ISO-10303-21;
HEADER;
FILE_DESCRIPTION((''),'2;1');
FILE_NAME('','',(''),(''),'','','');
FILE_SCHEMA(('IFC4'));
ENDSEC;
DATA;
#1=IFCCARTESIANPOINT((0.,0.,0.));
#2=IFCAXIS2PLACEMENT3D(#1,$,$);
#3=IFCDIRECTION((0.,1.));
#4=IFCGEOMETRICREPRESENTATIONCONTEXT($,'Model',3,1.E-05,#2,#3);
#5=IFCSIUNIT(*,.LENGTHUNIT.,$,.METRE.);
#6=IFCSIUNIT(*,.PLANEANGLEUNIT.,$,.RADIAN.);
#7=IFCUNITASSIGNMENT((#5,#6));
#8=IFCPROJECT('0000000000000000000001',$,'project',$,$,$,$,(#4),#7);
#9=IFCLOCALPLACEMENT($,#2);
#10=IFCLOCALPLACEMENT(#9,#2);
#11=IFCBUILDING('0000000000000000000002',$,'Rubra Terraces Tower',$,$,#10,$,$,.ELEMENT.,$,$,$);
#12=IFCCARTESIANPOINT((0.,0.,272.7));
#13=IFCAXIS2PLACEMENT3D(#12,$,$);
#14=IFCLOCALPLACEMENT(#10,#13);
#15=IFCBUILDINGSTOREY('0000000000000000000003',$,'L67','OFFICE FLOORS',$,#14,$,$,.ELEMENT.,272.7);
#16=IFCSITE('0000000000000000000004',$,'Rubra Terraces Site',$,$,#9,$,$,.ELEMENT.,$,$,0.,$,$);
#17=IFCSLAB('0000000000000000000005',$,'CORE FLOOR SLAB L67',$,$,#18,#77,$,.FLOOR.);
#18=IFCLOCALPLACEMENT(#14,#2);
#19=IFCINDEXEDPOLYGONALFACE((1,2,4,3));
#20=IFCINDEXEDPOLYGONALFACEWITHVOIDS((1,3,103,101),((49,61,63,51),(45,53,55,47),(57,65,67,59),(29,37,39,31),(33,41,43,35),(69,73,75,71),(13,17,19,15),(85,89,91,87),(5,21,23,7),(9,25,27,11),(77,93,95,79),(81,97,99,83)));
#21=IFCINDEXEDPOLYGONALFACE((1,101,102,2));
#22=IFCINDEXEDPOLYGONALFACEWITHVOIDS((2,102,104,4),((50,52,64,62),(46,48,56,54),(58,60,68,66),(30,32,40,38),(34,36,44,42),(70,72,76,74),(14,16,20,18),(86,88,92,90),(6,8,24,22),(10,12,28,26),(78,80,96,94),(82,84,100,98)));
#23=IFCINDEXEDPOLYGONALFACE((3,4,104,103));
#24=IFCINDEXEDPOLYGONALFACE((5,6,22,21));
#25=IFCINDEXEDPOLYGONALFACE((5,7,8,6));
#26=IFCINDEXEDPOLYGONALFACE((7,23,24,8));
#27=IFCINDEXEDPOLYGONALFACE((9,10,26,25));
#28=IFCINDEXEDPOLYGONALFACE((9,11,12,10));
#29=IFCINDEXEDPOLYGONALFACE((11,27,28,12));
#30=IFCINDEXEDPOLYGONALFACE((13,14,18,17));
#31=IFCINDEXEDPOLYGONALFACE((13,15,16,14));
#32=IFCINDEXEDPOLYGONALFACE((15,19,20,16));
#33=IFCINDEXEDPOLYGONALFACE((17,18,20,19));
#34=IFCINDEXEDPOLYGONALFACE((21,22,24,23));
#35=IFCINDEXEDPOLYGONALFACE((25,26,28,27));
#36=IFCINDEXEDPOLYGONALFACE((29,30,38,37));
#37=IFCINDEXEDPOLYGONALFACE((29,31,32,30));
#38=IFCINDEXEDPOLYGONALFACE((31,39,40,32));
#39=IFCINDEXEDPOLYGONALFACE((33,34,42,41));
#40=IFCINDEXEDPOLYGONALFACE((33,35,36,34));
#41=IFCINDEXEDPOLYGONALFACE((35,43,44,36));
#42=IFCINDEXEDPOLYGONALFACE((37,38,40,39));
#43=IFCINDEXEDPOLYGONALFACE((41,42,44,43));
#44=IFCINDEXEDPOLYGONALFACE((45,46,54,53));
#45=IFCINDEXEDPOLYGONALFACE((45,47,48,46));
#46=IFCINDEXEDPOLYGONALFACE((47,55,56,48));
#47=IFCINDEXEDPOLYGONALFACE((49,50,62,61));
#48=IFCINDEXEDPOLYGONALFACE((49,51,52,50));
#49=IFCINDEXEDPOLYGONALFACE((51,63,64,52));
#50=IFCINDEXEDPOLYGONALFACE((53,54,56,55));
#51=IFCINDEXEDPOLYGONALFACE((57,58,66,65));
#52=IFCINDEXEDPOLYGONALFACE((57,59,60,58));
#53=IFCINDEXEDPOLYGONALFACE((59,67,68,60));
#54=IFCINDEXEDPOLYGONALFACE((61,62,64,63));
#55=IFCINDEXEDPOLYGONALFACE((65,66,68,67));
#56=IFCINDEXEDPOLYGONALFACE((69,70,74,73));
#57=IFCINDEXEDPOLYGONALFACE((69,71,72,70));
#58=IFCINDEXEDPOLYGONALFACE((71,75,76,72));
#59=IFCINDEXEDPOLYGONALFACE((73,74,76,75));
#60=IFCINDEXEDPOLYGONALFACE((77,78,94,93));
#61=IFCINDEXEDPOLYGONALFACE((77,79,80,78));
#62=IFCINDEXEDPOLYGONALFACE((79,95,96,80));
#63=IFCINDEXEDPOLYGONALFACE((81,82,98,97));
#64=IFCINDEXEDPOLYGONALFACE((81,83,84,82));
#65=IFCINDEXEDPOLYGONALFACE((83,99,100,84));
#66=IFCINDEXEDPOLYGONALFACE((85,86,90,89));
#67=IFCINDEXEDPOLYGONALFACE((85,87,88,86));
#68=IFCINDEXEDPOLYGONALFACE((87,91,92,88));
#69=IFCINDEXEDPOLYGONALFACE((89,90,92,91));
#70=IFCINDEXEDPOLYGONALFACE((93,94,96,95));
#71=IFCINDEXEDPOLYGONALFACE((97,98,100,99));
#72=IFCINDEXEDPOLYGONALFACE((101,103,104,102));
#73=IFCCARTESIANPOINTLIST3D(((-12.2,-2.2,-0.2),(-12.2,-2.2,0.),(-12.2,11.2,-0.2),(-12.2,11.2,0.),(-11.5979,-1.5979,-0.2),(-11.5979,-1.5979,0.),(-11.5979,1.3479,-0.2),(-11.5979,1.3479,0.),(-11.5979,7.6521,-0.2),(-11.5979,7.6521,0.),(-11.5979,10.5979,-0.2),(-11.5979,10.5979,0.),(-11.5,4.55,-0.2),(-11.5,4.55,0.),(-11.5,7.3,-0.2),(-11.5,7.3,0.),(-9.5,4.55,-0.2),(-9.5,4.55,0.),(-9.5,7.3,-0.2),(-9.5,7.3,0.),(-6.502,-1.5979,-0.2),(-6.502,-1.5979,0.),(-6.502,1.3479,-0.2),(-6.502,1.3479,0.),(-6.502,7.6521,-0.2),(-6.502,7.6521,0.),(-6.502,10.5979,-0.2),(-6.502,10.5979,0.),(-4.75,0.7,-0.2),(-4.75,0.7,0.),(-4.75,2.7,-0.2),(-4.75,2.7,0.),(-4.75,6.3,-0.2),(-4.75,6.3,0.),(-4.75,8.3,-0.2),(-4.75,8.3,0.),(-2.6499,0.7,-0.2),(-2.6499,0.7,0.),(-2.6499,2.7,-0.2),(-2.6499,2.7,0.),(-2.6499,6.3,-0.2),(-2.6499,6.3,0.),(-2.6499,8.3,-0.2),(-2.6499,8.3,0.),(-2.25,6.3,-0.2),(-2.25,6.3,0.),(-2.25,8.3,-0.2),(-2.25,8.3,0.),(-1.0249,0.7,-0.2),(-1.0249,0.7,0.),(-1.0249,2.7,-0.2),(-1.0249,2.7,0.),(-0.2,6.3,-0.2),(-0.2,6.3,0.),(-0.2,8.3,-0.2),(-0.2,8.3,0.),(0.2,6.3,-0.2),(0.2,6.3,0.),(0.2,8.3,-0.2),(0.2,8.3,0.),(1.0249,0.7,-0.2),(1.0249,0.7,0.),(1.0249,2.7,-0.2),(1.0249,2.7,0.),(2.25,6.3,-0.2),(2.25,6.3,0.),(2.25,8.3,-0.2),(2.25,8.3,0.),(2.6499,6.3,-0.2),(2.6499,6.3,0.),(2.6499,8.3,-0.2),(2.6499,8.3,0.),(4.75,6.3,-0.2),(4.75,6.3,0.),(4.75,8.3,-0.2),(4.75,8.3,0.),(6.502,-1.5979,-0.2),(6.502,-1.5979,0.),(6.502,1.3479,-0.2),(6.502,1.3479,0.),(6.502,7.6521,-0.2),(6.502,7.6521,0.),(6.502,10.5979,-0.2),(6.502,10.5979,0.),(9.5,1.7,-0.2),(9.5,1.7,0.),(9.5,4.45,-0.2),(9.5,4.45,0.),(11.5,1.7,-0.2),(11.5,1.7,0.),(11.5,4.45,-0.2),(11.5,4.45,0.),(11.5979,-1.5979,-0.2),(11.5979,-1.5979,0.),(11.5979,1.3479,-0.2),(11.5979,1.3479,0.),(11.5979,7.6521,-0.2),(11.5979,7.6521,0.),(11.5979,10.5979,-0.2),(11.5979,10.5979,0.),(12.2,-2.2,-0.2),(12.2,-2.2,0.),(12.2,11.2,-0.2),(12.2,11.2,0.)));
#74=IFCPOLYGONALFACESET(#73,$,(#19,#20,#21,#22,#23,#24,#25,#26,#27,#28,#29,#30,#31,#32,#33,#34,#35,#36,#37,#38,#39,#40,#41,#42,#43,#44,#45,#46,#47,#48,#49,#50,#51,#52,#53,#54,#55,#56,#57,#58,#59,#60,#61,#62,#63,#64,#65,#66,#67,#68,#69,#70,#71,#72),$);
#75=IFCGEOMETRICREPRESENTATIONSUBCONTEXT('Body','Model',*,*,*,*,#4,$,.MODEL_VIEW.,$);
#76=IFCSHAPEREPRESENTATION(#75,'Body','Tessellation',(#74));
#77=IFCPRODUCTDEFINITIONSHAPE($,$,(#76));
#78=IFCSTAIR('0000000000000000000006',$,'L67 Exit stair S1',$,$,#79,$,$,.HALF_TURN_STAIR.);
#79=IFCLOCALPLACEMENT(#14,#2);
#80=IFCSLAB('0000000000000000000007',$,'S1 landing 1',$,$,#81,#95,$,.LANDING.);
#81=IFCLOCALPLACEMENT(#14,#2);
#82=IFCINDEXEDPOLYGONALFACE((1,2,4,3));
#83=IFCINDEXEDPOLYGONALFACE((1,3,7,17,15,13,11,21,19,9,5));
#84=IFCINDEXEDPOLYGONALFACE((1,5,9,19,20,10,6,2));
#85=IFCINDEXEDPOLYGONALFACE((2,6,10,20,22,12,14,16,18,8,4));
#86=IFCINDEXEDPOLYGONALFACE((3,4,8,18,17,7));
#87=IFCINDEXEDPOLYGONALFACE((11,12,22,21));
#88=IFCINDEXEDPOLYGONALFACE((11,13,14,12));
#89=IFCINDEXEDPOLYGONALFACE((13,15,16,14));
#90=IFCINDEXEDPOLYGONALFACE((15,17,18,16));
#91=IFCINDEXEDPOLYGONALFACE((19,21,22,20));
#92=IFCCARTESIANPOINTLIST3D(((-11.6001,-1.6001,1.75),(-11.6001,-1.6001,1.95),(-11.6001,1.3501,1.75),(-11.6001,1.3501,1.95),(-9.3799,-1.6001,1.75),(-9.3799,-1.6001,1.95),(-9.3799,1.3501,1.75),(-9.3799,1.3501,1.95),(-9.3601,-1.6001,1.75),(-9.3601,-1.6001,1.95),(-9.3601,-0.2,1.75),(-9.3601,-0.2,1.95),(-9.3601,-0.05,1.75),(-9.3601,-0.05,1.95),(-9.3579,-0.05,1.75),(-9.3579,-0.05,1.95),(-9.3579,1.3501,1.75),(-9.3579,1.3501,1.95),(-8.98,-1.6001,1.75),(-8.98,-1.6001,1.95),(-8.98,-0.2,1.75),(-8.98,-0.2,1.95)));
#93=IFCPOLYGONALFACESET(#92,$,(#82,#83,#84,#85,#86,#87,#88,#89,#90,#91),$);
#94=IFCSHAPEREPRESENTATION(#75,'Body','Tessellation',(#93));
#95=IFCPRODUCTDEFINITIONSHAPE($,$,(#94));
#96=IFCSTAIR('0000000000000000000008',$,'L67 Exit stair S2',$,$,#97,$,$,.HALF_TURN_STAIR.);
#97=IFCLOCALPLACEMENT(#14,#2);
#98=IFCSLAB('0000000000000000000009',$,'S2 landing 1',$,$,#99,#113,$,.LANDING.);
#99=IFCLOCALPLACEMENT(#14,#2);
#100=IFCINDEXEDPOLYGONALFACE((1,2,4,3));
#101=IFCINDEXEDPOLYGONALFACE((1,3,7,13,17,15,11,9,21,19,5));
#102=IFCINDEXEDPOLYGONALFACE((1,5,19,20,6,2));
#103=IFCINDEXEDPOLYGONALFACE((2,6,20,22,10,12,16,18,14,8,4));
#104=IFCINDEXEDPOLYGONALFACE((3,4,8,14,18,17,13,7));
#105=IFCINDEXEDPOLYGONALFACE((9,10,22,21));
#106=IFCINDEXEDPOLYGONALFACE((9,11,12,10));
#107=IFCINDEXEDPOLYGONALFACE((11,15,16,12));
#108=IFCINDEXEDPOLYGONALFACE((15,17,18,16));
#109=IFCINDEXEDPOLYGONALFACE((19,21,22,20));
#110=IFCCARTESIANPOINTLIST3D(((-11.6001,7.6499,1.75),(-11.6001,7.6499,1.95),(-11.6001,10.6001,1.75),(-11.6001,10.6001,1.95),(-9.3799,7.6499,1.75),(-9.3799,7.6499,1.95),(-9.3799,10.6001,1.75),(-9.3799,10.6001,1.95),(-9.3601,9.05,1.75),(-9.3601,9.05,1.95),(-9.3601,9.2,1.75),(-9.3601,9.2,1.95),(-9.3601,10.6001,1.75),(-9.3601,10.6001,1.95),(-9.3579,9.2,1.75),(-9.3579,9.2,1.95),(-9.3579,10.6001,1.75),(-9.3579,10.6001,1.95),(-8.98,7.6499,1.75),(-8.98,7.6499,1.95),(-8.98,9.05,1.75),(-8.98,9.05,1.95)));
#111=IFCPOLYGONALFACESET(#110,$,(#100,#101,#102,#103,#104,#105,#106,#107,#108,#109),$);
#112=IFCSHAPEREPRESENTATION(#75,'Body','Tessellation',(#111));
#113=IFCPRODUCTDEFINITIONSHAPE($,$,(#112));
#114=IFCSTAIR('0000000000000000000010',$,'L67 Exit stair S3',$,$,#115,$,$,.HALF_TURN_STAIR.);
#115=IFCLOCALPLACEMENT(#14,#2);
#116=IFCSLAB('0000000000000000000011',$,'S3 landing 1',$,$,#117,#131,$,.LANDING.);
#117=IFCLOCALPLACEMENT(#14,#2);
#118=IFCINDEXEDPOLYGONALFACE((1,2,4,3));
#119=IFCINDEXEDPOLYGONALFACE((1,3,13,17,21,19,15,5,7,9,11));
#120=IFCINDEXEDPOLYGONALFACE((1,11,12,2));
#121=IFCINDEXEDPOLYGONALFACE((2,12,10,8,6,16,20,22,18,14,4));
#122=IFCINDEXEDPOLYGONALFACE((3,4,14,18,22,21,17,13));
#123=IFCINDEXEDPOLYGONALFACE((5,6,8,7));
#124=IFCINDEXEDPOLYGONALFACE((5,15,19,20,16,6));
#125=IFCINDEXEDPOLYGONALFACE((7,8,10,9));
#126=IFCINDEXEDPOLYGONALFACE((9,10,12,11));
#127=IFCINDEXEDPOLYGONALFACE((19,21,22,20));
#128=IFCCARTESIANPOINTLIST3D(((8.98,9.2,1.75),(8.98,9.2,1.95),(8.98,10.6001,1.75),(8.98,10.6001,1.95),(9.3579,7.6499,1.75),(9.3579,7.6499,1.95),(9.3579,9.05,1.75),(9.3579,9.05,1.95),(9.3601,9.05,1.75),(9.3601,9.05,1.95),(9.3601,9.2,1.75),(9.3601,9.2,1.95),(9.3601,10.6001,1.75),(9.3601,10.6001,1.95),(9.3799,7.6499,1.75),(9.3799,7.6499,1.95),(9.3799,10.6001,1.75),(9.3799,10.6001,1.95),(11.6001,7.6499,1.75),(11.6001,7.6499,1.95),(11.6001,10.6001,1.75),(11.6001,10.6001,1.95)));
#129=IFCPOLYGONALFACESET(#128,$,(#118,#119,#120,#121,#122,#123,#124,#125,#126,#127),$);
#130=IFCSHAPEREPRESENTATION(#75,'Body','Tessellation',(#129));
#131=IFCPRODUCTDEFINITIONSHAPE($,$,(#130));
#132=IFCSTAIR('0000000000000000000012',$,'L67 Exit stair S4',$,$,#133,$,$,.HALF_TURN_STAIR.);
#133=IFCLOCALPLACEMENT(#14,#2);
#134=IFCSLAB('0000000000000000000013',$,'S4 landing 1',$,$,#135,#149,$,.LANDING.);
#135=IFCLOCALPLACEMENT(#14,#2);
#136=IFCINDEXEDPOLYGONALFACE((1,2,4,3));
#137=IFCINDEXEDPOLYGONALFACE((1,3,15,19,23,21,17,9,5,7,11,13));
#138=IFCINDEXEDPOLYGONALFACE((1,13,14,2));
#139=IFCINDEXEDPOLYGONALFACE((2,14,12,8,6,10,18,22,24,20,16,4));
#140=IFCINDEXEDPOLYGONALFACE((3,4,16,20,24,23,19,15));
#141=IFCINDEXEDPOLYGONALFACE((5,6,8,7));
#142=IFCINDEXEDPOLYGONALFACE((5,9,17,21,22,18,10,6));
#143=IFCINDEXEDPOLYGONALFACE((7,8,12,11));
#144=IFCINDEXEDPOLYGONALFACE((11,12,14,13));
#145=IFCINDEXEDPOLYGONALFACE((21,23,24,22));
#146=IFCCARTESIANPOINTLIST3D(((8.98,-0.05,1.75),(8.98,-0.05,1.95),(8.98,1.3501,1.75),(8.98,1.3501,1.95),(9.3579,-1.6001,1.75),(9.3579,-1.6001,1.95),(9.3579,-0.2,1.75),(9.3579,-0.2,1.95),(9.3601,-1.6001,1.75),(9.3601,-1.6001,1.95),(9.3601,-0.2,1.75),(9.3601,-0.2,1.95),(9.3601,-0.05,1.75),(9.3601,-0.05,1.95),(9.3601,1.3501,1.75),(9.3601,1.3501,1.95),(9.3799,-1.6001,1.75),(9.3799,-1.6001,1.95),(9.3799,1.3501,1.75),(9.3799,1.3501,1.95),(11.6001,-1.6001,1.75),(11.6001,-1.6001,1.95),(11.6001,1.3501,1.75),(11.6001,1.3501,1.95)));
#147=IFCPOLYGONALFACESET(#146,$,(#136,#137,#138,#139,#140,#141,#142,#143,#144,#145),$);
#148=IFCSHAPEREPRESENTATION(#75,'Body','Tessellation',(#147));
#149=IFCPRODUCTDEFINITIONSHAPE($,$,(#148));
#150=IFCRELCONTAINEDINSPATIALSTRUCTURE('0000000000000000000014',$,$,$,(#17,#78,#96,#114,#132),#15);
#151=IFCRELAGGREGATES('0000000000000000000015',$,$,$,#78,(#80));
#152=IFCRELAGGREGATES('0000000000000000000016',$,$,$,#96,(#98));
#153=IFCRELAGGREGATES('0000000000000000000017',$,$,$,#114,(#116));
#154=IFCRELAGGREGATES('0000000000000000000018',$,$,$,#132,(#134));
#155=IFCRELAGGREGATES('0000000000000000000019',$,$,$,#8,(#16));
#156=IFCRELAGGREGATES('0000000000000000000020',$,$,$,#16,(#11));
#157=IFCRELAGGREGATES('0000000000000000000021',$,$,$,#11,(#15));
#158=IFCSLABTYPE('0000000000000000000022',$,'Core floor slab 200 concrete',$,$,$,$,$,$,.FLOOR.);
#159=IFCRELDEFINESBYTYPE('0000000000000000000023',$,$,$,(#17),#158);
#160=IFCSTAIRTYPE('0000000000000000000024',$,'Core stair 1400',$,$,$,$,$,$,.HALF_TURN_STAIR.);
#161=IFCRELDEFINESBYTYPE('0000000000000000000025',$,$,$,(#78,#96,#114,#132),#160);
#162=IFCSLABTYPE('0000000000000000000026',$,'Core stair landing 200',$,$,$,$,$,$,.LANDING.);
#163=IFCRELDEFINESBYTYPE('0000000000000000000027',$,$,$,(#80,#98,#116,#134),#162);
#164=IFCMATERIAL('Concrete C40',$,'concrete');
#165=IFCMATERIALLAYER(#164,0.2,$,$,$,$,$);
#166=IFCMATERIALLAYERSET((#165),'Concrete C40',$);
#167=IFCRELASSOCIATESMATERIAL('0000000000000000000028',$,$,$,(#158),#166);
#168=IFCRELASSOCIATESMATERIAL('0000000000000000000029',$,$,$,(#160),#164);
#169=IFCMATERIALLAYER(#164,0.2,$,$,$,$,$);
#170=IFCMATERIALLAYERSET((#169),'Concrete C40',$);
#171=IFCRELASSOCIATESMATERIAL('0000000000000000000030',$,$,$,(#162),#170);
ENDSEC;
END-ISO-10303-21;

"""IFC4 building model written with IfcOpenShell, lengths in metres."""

from ifc_helpers import new_model, si_unit, direction, frame, origin, place, context, subcontext, project, spatial, polyline, outline, extrude, material, layer, layer_set, type_object, element, aggregate, save


model = new_model("IFC4")

# Units and contexts
model_context = context("Model", 3, precision=1e-05, world=origin(), true_north=direction((0.0, 1.0)))
body_context = subcontext(model_context, "Body", "Model", "MODEL_VIEW")
ifc_project = project(units=[si_unit("LENGTHUNIT", "METRE"), si_unit("PLANEANGLEUNIT", "RADIAN")], contexts=[model_context])

# Site, building, storey
site_placement = place(None, origin())
site = spatial("IfcSite", under=ifc_project, at=site_placement, Name="Rubra Terraces Site", CompositionType="ELEMENT", RefElevation=0.0)
building_placement = place(site_placement, origin())
building = spatial("IfcBuilding", under=site, at=building_placement, Name="Rubra Terraces Tower", CompositionType="ELEMENT")
storey_placement = place(building_placement, frame((0.0, 0.0, 272.7)))
storey = spatial("IfcBuildingStorey", under=building, at=storey_placement, Name="L67", Description="OFFICE FLOORS", CompositionType="ELEMENT", Elevation=272.7)

# Slab
ifc_material_1 = material(Name="Concrete C40", Category="concrete")
ifc_layer_1 = layer(ifc_material_1, 0.2)
ifc_layer_set_1 = layer_set([ifc_layer_1], Name="Concrete C40")
slab_type_1 = type_object("IfcSlabType", Name="Core floor slab 200 concrete", PredefinedType="FLOOR", material=ifc_layer_set_1)
slab_1_placement = place(storey_placement, frame((0.0, 0.0, -0.2)))
element("IfcSlab", 1, at=slab_1_placement, inside=storey, type_object=slab_type_1, Name="CORE FLOOR SLAB L67", PredefinedType="FLOOR", context=body_context, shape_type="SweptSolid", body=[
    extrude(outline(polyline([(-12.2, -2.2), (-12.2, 11.2), (12.2, 11.2), (12.2, -2.2), (-12.2, -2.2)]), holes=[polyline([(11.5979, 1.3479), (6.502, 1.3479), (6.502, -1.5979), (11.5979, -1.5979), (11.5979, 1.3479)]), polyline([(11.5979, 7.6521), (11.5979, 10.5979), (6.502, 10.5979), (6.502, 7.6521), (11.5979, 7.6521)]), polyline([(9.5, 1.7), (11.5, 1.7), (11.5, 4.45), (9.5, 4.45), (9.5, 1.7)]), polyline([(4.75, 6.3), (4.75, 8.3), (2.6499, 8.3), (2.6499, 6.3), (4.75, 6.3)]), polyline([(2.25, 8.3), (0.2, 8.3), (0.2, 6.3), (2.25, 6.3), (2.25, 8.3)]), polyline([(1.0249, 0.7), (1.0249, 2.7), (-1.0249, 2.7), (-1.0249, 0.7), (1.0249, 0.7)]), polyline([(-0.2, 6.3), (-0.2, 8.3), (-2.25, 8.3), (-2.25, 6.3), (-0.2, 6.3)]), polyline([(-4.75, 8.3), (-4.75, 6.3), (-2.6499, 6.3), (-2.6499, 8.3), (-4.75, 8.3)]), polyline([(-2.6499, 0.7), (-2.6499, 2.7), (-4.75, 2.7), (-4.75, 0.7), (-2.6499, 0.7)]), polyline([(-11.5979, -1.5979), (-6.502, -1.5979), (-6.502, 1.3479), (-11.5979, 1.3479), (-11.5979, -1.5979)]), polyline([(-11.5979, 10.5979), (-11.5979, 7.6521), (-6.502, 7.6521), (-6.502, 10.5979), (-11.5979, 10.5979)]), polyline([(-9.5, 4.55), (-9.5, 7.3), (-11.5, 7.3), (-11.5, 4.55), (-9.5, 4.55)])]), origin(), (0.0, 0.0, 1.0), 0.2),
])

# Stairs, slabs
stair_type = type_object("IfcStairType", Name="Core stair 1400", PredefinedType="HALF_TURN_STAIR", material=ifc_material_1)
stair_1_placement = place(storey_placement, origin())
stair_1 = element("IfcStair", 2, at=stair_1_placement, inside=storey, type_object=stair_type, Name="L67 Exit stair S1", PredefinedType="HALF_TURN_STAIR")
ifc_layer_2 = layer(ifc_material_1, 0.2)
ifc_layer_set_2 = layer_set([ifc_layer_2], Name="Concrete C40")
slab_type_2 = type_object("IfcSlabType", Name="Core stair landing 200", PredefinedType="LANDING", material=ifc_layer_set_2)
slab_2_placement = place(storey_placement, frame((0.0, 0.0, 1.75)))
slab_2 = element("IfcSlab", 3, at=slab_2_placement, type_object=slab_type_2, Name="S1 landing 1", PredefinedType="LANDING", context=body_context, shape_type="SweptSolid", body=[
    extrude(outline(polyline([(-8.98, -0.2), (-8.98, -1.6001), (-9.3601, -1.6001), (-9.3799, -1.6001), (-11.6001, -1.6001), (-11.6001, 1.3501), (-9.3799, 1.3501), (-9.3579, 1.3501), (-9.3579, -0.05), (-9.3601, -0.05), (-9.3601, -0.2), (-8.98, -0.2)])), origin(), (0.0, 0.0, 1.0), 0.2),
])
aggregate(stair_1, [slab_2])
stair_2_placement = place(storey_placement, origin())
stair_2 = element("IfcStair", 4, at=stair_2_placement, inside=storey, type_object=stair_type, Name="L67 Exit stair S2", PredefinedType="HALF_TURN_STAIR")
slab_3_placement = place(storey_placement, frame((0.0, 0.0, 1.75)))
slab_3 = element("IfcSlab", 5, at=slab_3_placement, type_object=slab_type_2, Name="S2 landing 1", PredefinedType="LANDING", context=body_context, shape_type="SweptSolid", body=[
    extrude(outline(polyline([(-8.98, 9.05), (-8.98, 7.6499), (-9.3799, 7.6499), (-11.6001, 7.6499), (-11.6001, 10.6001), (-9.3799, 10.6001), (-9.3601, 10.6001), (-9.3579, 10.6001), (-9.3579, 9.2), (-9.3601, 9.2), (-9.3601, 9.05), (-8.98, 9.05)])), origin(), (0.0, 0.0, 1.0), 0.2),
])
aggregate(stair_2, [slab_3])
stair_3_placement = place(storey_placement, origin())
stair_3 = element("IfcStair", 6, at=stair_3_placement, inside=storey, type_object=stair_type, Name="L67 Exit stair S3", PredefinedType="HALF_TURN_STAIR")
slab_4_placement = place(storey_placement, frame((0.0, 0.0, 1.75)))
slab_4 = element("IfcSlab", 7, at=slab_4_placement, type_object=slab_type_2, Name="S3 landing 1", PredefinedType="LANDING", context=body_context, shape_type="SweptSolid", body=[
    extrude(outline(polyline([(9.3601, 9.05), (9.3601, 9.2), (8.98, 9.2), (8.98, 10.6001), (9.3601, 10.6001), (9.3799, 10.6001), (11.6001, 10.6001), (11.6001, 7.6499), (9.3799, 7.6499), (9.3579, 7.6499), (9.3579, 9.05), (9.3601, 9.05)])), origin(), (0.0, 0.0, 1.0), 0.2),
])
aggregate(stair_3, [slab_4])
stair_4_placement = place(storey_placement, origin())
stair_4 = element("IfcStair", 8, at=stair_4_placement, inside=storey, type_object=stair_type, Name="L67 Exit stair S4", PredefinedType="HALF_TURN_STAIR")
slab_5_placement = place(storey_placement, frame((0.0, 0.0, 1.75)))
slab_5 = element("IfcSlab", 9, at=slab_5_placement, type_object=slab_type_2, Name="S4 landing 1", PredefinedType="LANDING", context=body_context, shape_type="SweptSolid", body=[
    extrude(outline(polyline([(9.3601, -0.2), (9.3601, -0.05), (8.98, -0.05), (8.98, 1.3501), (9.3601, 1.3501), (9.3799, 1.3501), (11.6001, 1.3501), (11.6001, -1.6001), (9.3799, -1.6001), (9.3601, -1.6001), (9.3579, -1.6001), (9.3579, -0.2), (9.3601, -0.2)])), origin(), (0.0, 0.0, 1.0), 0.2),
])

aggregate(stair_4, [slab_5])

save(model, "model.ifc")
